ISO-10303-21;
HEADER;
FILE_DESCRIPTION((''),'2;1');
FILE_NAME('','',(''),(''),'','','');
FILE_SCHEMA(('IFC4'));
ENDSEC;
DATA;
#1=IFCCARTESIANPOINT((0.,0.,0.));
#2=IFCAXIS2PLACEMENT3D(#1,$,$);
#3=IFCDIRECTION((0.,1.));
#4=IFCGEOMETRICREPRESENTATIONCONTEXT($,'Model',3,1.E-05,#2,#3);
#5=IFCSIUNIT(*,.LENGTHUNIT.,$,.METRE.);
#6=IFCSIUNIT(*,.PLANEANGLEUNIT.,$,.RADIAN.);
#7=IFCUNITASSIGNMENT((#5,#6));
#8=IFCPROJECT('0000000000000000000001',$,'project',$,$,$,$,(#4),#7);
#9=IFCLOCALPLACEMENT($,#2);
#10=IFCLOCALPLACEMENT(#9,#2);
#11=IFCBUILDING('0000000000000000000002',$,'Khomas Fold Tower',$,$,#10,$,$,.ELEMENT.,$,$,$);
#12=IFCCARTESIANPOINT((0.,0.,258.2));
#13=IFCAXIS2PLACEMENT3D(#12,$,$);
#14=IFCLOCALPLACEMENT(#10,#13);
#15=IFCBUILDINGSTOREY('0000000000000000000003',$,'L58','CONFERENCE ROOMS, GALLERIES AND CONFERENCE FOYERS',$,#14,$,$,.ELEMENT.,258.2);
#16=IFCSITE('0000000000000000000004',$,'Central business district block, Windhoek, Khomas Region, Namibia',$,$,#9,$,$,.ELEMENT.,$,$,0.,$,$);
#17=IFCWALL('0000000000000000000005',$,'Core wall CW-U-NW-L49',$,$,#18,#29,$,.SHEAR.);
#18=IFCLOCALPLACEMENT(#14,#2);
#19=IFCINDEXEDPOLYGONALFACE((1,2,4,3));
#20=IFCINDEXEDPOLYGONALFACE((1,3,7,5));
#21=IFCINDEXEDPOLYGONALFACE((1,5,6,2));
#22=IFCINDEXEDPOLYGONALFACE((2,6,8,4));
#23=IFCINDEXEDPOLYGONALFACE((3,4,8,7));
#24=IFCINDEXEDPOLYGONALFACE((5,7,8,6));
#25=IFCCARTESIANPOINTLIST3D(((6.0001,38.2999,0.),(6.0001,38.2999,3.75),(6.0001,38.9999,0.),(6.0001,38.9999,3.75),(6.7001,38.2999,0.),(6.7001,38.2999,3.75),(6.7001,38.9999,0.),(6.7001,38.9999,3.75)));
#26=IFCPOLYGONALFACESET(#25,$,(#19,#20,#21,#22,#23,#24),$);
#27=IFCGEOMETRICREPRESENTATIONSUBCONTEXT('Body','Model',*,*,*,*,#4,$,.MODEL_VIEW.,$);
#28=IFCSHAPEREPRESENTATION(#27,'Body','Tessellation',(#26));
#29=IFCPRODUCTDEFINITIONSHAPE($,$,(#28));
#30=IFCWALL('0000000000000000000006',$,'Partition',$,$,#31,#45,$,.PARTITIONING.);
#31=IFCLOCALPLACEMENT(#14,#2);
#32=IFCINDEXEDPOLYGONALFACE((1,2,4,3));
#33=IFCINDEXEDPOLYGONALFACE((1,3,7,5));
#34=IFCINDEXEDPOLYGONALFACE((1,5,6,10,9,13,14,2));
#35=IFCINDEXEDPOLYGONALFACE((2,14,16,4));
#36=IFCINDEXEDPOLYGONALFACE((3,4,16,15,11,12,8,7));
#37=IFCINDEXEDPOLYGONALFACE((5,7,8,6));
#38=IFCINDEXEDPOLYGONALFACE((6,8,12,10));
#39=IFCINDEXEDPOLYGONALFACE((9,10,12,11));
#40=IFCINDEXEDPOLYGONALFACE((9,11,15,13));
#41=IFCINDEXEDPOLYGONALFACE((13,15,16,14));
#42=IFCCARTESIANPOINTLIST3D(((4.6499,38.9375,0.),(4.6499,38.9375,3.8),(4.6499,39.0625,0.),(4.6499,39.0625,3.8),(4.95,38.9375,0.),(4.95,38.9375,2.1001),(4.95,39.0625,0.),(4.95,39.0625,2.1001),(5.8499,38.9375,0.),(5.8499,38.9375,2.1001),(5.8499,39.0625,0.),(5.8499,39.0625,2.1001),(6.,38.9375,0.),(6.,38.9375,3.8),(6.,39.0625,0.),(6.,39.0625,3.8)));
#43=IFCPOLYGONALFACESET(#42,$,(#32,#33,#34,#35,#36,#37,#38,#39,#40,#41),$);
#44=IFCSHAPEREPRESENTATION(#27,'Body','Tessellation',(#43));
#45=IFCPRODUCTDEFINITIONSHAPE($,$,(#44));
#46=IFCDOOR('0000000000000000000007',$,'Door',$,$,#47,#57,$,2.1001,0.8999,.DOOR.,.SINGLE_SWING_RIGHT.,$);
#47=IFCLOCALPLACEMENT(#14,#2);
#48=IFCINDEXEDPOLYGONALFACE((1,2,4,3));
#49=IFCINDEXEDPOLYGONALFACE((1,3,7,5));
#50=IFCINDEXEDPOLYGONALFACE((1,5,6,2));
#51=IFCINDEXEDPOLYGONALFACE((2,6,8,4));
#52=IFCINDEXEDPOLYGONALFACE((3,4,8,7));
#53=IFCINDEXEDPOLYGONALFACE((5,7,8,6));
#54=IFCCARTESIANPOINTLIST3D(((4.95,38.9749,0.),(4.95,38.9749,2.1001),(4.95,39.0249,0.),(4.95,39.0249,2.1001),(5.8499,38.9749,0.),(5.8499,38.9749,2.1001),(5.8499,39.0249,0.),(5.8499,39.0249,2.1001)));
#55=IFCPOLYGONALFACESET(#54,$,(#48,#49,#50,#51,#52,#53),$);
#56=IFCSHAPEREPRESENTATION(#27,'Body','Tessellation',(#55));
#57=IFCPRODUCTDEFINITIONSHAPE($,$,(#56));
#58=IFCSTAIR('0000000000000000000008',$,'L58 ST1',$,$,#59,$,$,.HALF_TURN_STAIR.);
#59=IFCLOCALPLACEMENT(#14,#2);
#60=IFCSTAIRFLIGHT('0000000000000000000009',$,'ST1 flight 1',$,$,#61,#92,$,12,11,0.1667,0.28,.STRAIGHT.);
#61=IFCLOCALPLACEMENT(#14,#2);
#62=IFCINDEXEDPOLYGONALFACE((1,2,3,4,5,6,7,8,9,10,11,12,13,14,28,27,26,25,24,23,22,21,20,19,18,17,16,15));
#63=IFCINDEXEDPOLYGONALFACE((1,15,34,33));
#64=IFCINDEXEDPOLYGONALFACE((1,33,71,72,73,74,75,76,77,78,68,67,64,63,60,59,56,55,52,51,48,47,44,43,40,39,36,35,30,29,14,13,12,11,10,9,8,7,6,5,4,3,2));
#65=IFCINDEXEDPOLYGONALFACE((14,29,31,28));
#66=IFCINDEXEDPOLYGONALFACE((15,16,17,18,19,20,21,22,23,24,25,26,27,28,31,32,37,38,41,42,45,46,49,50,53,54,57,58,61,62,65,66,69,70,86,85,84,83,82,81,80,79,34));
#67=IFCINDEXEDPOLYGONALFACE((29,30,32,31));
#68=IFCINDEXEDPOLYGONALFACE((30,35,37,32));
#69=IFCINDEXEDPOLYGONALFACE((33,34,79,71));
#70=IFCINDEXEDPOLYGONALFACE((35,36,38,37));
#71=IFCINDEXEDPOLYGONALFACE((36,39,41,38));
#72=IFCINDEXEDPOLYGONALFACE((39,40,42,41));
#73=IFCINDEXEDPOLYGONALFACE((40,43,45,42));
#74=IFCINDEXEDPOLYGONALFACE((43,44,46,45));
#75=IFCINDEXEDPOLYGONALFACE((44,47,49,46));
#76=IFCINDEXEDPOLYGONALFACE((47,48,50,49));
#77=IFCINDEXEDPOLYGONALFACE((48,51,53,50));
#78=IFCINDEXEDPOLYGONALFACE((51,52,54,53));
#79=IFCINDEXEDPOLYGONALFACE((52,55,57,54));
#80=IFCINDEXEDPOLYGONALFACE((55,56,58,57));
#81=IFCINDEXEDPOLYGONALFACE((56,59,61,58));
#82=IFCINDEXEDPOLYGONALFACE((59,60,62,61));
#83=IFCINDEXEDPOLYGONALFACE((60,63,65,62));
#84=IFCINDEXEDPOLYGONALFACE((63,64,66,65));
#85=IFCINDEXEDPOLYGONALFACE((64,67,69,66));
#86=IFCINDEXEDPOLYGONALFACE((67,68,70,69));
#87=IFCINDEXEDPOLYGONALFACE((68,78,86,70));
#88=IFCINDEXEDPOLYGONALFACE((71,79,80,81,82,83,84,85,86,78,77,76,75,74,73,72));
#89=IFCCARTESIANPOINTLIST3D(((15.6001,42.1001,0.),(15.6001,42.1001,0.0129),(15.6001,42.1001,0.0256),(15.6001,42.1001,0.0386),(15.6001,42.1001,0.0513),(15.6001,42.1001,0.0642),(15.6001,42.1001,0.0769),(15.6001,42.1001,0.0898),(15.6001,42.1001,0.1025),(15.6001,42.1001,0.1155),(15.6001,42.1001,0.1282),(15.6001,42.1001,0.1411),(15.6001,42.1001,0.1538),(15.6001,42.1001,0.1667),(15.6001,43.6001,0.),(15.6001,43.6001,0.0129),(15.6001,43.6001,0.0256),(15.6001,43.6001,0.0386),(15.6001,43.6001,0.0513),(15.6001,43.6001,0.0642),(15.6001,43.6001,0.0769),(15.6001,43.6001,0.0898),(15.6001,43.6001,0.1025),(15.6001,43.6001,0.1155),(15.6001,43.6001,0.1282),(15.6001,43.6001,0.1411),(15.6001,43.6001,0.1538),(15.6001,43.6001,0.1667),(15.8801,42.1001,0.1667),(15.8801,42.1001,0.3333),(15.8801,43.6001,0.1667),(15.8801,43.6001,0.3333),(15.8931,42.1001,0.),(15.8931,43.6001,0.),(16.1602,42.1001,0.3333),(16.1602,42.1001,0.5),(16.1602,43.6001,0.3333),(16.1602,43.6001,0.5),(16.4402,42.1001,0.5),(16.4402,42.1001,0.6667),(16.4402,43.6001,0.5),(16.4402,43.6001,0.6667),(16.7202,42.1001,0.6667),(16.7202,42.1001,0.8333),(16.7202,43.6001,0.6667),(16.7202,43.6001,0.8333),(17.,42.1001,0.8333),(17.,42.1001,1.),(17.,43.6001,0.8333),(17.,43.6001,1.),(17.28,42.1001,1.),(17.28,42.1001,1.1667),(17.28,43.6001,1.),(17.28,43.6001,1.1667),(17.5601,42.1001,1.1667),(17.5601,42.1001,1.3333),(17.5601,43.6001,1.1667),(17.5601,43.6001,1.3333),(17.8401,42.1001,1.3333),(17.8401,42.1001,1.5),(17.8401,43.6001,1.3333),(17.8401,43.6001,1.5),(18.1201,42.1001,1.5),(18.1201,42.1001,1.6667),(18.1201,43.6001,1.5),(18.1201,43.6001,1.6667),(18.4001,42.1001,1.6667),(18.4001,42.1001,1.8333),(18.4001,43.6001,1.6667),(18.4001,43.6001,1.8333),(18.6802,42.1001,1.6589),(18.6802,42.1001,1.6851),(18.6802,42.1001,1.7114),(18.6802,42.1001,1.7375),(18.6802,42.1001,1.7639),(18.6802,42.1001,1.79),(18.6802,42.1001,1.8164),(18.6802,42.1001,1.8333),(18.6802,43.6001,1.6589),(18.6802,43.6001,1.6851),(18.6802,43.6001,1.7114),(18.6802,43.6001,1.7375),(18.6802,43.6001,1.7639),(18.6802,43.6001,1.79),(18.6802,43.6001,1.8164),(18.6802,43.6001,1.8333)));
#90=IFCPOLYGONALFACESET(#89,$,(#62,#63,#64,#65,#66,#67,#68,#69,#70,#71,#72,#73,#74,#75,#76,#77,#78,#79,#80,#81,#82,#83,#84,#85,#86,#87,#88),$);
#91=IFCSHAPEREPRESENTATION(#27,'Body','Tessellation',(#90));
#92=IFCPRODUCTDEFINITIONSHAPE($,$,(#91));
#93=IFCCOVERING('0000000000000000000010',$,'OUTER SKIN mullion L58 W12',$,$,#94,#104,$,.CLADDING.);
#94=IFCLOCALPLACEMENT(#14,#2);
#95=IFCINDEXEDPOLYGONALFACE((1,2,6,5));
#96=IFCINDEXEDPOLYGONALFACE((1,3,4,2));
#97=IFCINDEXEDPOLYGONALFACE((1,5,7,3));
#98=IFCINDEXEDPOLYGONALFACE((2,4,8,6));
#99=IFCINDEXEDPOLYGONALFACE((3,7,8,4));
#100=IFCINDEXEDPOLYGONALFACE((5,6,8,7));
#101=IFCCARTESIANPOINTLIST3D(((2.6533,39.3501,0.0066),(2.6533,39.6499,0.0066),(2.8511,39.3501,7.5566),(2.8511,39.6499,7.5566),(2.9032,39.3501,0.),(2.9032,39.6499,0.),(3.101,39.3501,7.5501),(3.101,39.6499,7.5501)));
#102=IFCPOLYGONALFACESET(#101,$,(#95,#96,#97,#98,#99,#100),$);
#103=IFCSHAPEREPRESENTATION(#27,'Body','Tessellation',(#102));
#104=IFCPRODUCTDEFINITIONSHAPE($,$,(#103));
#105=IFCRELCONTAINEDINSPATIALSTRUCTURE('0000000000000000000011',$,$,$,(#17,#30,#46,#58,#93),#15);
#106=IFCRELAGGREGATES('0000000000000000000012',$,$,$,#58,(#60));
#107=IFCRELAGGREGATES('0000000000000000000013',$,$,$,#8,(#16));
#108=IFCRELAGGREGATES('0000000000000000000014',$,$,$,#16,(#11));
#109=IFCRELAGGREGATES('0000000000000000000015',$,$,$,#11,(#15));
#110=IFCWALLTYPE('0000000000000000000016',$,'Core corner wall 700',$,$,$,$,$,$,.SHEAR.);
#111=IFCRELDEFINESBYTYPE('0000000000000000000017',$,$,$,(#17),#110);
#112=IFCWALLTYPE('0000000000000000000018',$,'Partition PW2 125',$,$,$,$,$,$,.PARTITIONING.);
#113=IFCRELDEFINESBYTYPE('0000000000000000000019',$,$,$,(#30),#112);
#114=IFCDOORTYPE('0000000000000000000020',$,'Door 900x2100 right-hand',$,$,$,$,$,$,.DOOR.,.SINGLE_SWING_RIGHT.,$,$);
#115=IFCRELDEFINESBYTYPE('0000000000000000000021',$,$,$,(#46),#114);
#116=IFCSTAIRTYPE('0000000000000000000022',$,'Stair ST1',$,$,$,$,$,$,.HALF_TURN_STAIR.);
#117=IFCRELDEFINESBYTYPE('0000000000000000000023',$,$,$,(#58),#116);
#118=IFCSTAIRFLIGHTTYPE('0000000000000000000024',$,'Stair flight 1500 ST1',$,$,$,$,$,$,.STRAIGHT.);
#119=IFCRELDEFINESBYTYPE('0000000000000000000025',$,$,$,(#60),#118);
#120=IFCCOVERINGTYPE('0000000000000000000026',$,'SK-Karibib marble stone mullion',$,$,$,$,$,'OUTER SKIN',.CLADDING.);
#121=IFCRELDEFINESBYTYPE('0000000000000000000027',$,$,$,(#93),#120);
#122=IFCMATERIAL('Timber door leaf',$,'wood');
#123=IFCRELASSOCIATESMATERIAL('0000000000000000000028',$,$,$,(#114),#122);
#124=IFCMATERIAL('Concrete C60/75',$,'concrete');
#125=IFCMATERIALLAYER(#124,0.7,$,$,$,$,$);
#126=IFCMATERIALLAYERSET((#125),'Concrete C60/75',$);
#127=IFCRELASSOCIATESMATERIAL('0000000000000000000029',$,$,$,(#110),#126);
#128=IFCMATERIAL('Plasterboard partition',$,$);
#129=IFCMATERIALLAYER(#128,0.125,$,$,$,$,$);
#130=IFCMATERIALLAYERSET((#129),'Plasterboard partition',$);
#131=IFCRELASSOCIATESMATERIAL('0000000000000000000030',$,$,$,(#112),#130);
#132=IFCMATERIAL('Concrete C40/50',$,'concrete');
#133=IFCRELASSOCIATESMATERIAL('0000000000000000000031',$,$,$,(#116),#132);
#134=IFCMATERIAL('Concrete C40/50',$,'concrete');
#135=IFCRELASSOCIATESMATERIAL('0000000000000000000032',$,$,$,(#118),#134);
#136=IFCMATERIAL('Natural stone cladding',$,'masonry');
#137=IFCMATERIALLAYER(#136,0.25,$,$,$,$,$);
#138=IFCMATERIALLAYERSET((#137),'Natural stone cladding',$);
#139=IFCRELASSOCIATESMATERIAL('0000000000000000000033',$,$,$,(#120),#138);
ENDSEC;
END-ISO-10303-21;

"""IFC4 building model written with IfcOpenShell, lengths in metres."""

from ifc_helpers import new_model, si_unit, direction, frame, frame_2d, origin, place, context, subcontext, project, spatial, polyline, rectangle, outline, extrude, source, transform, mapped, material, layer, layer_set, type_object, element, fill, aggregate, save


model = new_model("IFC4")

# Units and contexts
model_context = context("Model", 3, precision=1e-05, world=origin(), true_north=direction((0.0, 1.0)))
body_context = subcontext(model_context, "Body", "Model", "MODEL_VIEW")
ifc_project = project(units=[si_unit("LENGTHUNIT", "METRE"), si_unit("PLANEANGLEUNIT", "RADIAN")], contexts=[model_context])

# Site, building, storey
site_placement = place(None, origin())
site = spatial("IfcSite", under=ifc_project, at=site_placement, Name="Central business district block, Windhoek, Khomas Region, Namibia", CompositionType="ELEMENT", RefElevation=0.0)
building_placement = place(site_placement, origin())
building = spatial("IfcBuilding", under=site, at=building_placement, Name="Khomas Fold Tower", CompositionType="ELEMENT")
storey_placement = place(building_placement, frame((0.0, 0.0, 258.2)))
storey = spatial("IfcBuildingStorey", under=building, at=storey_placement, Name="L58", Description="CONFERENCE ROOMS, GALLERIES AND CONFERENCE FOYERS", CompositionType="ELEMENT", Elevation=258.2)

# Shared definitions
ifc_material_1 = material(Name="Timber door leaf", Category="wood")
door_type_1 = type_object("IfcDoorType", Name="Door 900x2100 right-hand", OperationType="SINGLE_SWING_RIGHT", PredefinedType="DOOR", material=ifc_material_1)

# Wall
ifc_material_2 = material(Name="Concrete C60/75", Category="concrete")
ifc_layer_1 = layer(ifc_material_2, 0.7)
ifc_layer_set_1 = layer_set([ifc_layer_1], Name="Concrete C60/75")
wall_type_1 = type_object("IfcWallType", Name="Core corner wall 700", PredefinedType="SHEAR", material=ifc_layer_set_1)
shared_shape_1 = source(origin(), body_context, "Body", "SweptSolid", [
    extrude(rectangle(XDim=0.7, YDim=0.7, at=frame_2d((0.3501, 0.0))), origin(), (0.0, 0.0, 1.0), 3.75),
])
wall_1_placement = place(storey_placement, frame((6.0, 38.6499, 0.0), z_axis=(0.0, 0.0, 1.0), x_axis=(1.0, 0.0, 0.0)))
element("IfcWall", 1, at=wall_1_placement, inside=storey, type_object=wall_type_1, Name="Core wall CW-U-NW-L49", PredefinedType="SHEAR", context=body_context, shape_type="MappedRepresentation", body=[
    mapped(shared_shape_1, transform((0.0, 0.0, 0.0))),
])

# Wall, opening, door
ifc_material_3 = material(Name="Plasterboard partition")
ifc_layer_2 = layer(ifc_material_3, 0.125)
ifc_layer_set_2 = layer_set([ifc_layer_2], Name="Plasterboard partition")
wall_type_2 = type_object("IfcWallType", Name="Partition PW2 125", PredefinedType="PARTITIONING", material=ifc_layer_set_2)
shared_shape_2 = source(origin(), body_context, "Body", "SweptSolid", [
    extrude(rectangle(XDim=1.3501, YDim=0.125, at=frame_2d((0.675, 0.0))), origin(), (0.0, 0.0, 1.0), 3.8),
])
wall_2_placement = place(storey_placement, frame((4.6499, 39.0, 0.0), z_axis=(0.0, 0.0, 1.0), x_axis=(1.0, 0.0, 0.0)))
wall_2 = element("IfcWall", 2, at=wall_2_placement, inside=storey, type_object=wall_type_2, Name="Partition", PredefinedType="PARTITIONING", context=body_context, shape_type="MappedRepresentation", body=[
    mapped(shared_shape_2, transform((0.0, 0.0, 0.0))),
])
shared_shape_3 = source(origin(), body_context, "Body", "SweptSolid", [
    extrude(rectangle(XDim=0.8999, YDim=2.1001, at=frame_2d((0.45, 1.05))), frame((0.0, 0.0725, 0.0), z_axis=(0.0, -1.0, 0.0), x_axis=(1.0, 0.0, 0.0)), (0.0, 0.0, 1.0), 0.145),
])
opening_1_placement = place(wall_2_placement, frame((0.3, 0.0, 0.0)))
opening_1 = element("IfcOpeningElement", 3, at=opening_1_placement, cuts=wall_2, PredefinedType="OPENING", context=body_context, shape_type="MappedRepresentation", body=[
    mapped(shared_shape_3, transform((0.0, 0.0, 0.0))),
])
shared_shape_4 = source(origin(), body_context, "Body", "SweptSolid", [
    extrude(rectangle(XDim=0.8999, YDim=2.1001, at=frame_2d((0.45, 1.05))), frame((0.0, 0.0249, 0.0), z_axis=(0.0, -1.0, 0.0), x_axis=(1.0, 0.0, 0.0)), (0.0, 0.0, 1.0), 0.05),
])
door_1_placement = place(opening_1_placement, origin())
door_1 = element("IfcDoor", 4, at=door_1_placement, inside=storey, type_object=door_type_1, Name="Door", OperationType="SINGLE_SWING_RIGHT", OverallHeight=2.1001, OverallWidth=0.8999, PredefinedType="DOOR", context=body_context, shape_type="MappedRepresentation", body=[
    mapped(shared_shape_4, transform((0.0, 0.0, 0.0))),
])
fill(opening_1, door_1)

# Stair, stair flight
ifc_material_4 = material(Name="Concrete C40/50", Category="concrete")
stair_type = type_object("IfcStairType", Name="Stair ST1", PredefinedType="HALF_TURN_STAIR", material=ifc_material_4)
stair_placement = place(storey_placement, origin())
stair = element("IfcStair", 5, at=stair_placement, inside=storey, type_object=stair_type, Name="L58 ST1", PredefinedType="HALF_TURN_STAIR")
ifc_material_5 = material(Name="Concrete C40/50", Category="concrete")
stair_flight_type = type_object("IfcStairFlightType", Name="Stair flight 1500 ST1", PredefinedType="STRAIGHT", material=ifc_material_5)
shared_shape_5 = source(origin(), body_context, "Body", "SweptSolid", [
    extrude(outline(polyline([(0.0, 0.0), (0.0, 0.0129), (0.0, 0.0256), (0.0, 0.0386), (0.0, 0.0513), (0.0, 0.0642), (0.0, 0.0769), (0.0, 0.0898), (0.0, 0.1025), (0.0, 0.1155), (0.0, 0.1282), (0.0, 0.1411), (0.0, 0.1538), (0.0, 0.1667), (0.28, 0.1667), (0.28, 0.3333), (0.5601, 0.3333), (0.5601, 0.5), (0.8401, 0.5), (0.8401, 0.6667), (1.1201, 0.6667), (1.1201, 0.8333), (1.3999, 0.8333), (1.3999, 1.0), (1.6799, 1.0), (1.6799, 1.1667), (1.96, 1.1667), (1.96, 1.3333), (2.24, 1.3333), (2.24, 1.5), (2.52, 1.5), (2.52, 1.6667), (2.8, 1.6667), (2.8, 1.8333), (3.0801, 1.8333), (3.0801, 2.0), (3.0801, 1.9739), (3.0801, 1.9475), (3.0801, 1.9214), (3.0801, 1.895), (3.0801, 1.8689), (3.0801, 1.8425), (3.0801, 1.8164), (3.0801, 1.79), (3.0801, 1.7639), (3.0801, 1.7375), (3.0801, 1.7114), (3.0801, 1.6851), (3.0801, 1.6589), (0.293, 0.0), (0.0, 0.0)])), frame((0.0, 0.75, 0.0), z_axis=(0.0, -1.0, 0.0), x_axis=(1.0, 0.0, 0.0)), (0.0, 0.0, 1.0), 1.5),
])
stair_flight_placement = place(storey_placement, frame((15.6001, 42.8501, 0.0), z_axis=(0.0, 0.0, 1.0), x_axis=(1.0, 0.0, 0.0)))
stair_flight = element("IfcStairFlight", 6, at=stair_flight_placement, type_object=stair_flight_type, Name="ST1 flight 1", NumberOfRisers=12, NumberOfTreads=11, PredefinedType="STRAIGHT", RiserHeight=0.1667, TreadLength=0.28, context=body_context, shape_type="MappedRepresentation", body=[
    mapped(shared_shape_5, transform((0.0, 0.0, 0.0))),
])
aggregate(stair, [stair_flight])

# Covering
ifc_material_6 = material(Name="Natural stone cladding", Category="masonry")
ifc_layer_3 = layer(ifc_material_6, 0.25)
ifc_layer_set_3 = layer_set([ifc_layer_3], Name="Natural stone cladding")
covering_type = type_object("IfcCoveringType", Name="SK-Karibib marble stone mullion", ElementType="OUTER SKIN", PredefinedType="CLADDING", material=ifc_layer_set_3)
covering_placement = place(storey_placement, frame((2.6533, 39.3501, 0.0066), z_axis=(-0.999657, 0.0, 0.026183), x_axis=(0.0, 1.0, 0.0)))
element("IfcCovering", 7, at=covering_placement, inside=storey, type_object=covering_type, Name="OUTER SKIN mullion L58 W12", PredefinedType="CLADDING", context=body_context, shape_type="SweptSolid", body=[
    extrude(outline(polyline([(0.0, 0.0), (0.2998, 0.0), (0.2998, -7.5526), (0.0, -7.5526), (0.0, 0.0)])), origin(), (0.0, 0.0, -1.0), 0.25),
])

save(model, "model.ifc")
